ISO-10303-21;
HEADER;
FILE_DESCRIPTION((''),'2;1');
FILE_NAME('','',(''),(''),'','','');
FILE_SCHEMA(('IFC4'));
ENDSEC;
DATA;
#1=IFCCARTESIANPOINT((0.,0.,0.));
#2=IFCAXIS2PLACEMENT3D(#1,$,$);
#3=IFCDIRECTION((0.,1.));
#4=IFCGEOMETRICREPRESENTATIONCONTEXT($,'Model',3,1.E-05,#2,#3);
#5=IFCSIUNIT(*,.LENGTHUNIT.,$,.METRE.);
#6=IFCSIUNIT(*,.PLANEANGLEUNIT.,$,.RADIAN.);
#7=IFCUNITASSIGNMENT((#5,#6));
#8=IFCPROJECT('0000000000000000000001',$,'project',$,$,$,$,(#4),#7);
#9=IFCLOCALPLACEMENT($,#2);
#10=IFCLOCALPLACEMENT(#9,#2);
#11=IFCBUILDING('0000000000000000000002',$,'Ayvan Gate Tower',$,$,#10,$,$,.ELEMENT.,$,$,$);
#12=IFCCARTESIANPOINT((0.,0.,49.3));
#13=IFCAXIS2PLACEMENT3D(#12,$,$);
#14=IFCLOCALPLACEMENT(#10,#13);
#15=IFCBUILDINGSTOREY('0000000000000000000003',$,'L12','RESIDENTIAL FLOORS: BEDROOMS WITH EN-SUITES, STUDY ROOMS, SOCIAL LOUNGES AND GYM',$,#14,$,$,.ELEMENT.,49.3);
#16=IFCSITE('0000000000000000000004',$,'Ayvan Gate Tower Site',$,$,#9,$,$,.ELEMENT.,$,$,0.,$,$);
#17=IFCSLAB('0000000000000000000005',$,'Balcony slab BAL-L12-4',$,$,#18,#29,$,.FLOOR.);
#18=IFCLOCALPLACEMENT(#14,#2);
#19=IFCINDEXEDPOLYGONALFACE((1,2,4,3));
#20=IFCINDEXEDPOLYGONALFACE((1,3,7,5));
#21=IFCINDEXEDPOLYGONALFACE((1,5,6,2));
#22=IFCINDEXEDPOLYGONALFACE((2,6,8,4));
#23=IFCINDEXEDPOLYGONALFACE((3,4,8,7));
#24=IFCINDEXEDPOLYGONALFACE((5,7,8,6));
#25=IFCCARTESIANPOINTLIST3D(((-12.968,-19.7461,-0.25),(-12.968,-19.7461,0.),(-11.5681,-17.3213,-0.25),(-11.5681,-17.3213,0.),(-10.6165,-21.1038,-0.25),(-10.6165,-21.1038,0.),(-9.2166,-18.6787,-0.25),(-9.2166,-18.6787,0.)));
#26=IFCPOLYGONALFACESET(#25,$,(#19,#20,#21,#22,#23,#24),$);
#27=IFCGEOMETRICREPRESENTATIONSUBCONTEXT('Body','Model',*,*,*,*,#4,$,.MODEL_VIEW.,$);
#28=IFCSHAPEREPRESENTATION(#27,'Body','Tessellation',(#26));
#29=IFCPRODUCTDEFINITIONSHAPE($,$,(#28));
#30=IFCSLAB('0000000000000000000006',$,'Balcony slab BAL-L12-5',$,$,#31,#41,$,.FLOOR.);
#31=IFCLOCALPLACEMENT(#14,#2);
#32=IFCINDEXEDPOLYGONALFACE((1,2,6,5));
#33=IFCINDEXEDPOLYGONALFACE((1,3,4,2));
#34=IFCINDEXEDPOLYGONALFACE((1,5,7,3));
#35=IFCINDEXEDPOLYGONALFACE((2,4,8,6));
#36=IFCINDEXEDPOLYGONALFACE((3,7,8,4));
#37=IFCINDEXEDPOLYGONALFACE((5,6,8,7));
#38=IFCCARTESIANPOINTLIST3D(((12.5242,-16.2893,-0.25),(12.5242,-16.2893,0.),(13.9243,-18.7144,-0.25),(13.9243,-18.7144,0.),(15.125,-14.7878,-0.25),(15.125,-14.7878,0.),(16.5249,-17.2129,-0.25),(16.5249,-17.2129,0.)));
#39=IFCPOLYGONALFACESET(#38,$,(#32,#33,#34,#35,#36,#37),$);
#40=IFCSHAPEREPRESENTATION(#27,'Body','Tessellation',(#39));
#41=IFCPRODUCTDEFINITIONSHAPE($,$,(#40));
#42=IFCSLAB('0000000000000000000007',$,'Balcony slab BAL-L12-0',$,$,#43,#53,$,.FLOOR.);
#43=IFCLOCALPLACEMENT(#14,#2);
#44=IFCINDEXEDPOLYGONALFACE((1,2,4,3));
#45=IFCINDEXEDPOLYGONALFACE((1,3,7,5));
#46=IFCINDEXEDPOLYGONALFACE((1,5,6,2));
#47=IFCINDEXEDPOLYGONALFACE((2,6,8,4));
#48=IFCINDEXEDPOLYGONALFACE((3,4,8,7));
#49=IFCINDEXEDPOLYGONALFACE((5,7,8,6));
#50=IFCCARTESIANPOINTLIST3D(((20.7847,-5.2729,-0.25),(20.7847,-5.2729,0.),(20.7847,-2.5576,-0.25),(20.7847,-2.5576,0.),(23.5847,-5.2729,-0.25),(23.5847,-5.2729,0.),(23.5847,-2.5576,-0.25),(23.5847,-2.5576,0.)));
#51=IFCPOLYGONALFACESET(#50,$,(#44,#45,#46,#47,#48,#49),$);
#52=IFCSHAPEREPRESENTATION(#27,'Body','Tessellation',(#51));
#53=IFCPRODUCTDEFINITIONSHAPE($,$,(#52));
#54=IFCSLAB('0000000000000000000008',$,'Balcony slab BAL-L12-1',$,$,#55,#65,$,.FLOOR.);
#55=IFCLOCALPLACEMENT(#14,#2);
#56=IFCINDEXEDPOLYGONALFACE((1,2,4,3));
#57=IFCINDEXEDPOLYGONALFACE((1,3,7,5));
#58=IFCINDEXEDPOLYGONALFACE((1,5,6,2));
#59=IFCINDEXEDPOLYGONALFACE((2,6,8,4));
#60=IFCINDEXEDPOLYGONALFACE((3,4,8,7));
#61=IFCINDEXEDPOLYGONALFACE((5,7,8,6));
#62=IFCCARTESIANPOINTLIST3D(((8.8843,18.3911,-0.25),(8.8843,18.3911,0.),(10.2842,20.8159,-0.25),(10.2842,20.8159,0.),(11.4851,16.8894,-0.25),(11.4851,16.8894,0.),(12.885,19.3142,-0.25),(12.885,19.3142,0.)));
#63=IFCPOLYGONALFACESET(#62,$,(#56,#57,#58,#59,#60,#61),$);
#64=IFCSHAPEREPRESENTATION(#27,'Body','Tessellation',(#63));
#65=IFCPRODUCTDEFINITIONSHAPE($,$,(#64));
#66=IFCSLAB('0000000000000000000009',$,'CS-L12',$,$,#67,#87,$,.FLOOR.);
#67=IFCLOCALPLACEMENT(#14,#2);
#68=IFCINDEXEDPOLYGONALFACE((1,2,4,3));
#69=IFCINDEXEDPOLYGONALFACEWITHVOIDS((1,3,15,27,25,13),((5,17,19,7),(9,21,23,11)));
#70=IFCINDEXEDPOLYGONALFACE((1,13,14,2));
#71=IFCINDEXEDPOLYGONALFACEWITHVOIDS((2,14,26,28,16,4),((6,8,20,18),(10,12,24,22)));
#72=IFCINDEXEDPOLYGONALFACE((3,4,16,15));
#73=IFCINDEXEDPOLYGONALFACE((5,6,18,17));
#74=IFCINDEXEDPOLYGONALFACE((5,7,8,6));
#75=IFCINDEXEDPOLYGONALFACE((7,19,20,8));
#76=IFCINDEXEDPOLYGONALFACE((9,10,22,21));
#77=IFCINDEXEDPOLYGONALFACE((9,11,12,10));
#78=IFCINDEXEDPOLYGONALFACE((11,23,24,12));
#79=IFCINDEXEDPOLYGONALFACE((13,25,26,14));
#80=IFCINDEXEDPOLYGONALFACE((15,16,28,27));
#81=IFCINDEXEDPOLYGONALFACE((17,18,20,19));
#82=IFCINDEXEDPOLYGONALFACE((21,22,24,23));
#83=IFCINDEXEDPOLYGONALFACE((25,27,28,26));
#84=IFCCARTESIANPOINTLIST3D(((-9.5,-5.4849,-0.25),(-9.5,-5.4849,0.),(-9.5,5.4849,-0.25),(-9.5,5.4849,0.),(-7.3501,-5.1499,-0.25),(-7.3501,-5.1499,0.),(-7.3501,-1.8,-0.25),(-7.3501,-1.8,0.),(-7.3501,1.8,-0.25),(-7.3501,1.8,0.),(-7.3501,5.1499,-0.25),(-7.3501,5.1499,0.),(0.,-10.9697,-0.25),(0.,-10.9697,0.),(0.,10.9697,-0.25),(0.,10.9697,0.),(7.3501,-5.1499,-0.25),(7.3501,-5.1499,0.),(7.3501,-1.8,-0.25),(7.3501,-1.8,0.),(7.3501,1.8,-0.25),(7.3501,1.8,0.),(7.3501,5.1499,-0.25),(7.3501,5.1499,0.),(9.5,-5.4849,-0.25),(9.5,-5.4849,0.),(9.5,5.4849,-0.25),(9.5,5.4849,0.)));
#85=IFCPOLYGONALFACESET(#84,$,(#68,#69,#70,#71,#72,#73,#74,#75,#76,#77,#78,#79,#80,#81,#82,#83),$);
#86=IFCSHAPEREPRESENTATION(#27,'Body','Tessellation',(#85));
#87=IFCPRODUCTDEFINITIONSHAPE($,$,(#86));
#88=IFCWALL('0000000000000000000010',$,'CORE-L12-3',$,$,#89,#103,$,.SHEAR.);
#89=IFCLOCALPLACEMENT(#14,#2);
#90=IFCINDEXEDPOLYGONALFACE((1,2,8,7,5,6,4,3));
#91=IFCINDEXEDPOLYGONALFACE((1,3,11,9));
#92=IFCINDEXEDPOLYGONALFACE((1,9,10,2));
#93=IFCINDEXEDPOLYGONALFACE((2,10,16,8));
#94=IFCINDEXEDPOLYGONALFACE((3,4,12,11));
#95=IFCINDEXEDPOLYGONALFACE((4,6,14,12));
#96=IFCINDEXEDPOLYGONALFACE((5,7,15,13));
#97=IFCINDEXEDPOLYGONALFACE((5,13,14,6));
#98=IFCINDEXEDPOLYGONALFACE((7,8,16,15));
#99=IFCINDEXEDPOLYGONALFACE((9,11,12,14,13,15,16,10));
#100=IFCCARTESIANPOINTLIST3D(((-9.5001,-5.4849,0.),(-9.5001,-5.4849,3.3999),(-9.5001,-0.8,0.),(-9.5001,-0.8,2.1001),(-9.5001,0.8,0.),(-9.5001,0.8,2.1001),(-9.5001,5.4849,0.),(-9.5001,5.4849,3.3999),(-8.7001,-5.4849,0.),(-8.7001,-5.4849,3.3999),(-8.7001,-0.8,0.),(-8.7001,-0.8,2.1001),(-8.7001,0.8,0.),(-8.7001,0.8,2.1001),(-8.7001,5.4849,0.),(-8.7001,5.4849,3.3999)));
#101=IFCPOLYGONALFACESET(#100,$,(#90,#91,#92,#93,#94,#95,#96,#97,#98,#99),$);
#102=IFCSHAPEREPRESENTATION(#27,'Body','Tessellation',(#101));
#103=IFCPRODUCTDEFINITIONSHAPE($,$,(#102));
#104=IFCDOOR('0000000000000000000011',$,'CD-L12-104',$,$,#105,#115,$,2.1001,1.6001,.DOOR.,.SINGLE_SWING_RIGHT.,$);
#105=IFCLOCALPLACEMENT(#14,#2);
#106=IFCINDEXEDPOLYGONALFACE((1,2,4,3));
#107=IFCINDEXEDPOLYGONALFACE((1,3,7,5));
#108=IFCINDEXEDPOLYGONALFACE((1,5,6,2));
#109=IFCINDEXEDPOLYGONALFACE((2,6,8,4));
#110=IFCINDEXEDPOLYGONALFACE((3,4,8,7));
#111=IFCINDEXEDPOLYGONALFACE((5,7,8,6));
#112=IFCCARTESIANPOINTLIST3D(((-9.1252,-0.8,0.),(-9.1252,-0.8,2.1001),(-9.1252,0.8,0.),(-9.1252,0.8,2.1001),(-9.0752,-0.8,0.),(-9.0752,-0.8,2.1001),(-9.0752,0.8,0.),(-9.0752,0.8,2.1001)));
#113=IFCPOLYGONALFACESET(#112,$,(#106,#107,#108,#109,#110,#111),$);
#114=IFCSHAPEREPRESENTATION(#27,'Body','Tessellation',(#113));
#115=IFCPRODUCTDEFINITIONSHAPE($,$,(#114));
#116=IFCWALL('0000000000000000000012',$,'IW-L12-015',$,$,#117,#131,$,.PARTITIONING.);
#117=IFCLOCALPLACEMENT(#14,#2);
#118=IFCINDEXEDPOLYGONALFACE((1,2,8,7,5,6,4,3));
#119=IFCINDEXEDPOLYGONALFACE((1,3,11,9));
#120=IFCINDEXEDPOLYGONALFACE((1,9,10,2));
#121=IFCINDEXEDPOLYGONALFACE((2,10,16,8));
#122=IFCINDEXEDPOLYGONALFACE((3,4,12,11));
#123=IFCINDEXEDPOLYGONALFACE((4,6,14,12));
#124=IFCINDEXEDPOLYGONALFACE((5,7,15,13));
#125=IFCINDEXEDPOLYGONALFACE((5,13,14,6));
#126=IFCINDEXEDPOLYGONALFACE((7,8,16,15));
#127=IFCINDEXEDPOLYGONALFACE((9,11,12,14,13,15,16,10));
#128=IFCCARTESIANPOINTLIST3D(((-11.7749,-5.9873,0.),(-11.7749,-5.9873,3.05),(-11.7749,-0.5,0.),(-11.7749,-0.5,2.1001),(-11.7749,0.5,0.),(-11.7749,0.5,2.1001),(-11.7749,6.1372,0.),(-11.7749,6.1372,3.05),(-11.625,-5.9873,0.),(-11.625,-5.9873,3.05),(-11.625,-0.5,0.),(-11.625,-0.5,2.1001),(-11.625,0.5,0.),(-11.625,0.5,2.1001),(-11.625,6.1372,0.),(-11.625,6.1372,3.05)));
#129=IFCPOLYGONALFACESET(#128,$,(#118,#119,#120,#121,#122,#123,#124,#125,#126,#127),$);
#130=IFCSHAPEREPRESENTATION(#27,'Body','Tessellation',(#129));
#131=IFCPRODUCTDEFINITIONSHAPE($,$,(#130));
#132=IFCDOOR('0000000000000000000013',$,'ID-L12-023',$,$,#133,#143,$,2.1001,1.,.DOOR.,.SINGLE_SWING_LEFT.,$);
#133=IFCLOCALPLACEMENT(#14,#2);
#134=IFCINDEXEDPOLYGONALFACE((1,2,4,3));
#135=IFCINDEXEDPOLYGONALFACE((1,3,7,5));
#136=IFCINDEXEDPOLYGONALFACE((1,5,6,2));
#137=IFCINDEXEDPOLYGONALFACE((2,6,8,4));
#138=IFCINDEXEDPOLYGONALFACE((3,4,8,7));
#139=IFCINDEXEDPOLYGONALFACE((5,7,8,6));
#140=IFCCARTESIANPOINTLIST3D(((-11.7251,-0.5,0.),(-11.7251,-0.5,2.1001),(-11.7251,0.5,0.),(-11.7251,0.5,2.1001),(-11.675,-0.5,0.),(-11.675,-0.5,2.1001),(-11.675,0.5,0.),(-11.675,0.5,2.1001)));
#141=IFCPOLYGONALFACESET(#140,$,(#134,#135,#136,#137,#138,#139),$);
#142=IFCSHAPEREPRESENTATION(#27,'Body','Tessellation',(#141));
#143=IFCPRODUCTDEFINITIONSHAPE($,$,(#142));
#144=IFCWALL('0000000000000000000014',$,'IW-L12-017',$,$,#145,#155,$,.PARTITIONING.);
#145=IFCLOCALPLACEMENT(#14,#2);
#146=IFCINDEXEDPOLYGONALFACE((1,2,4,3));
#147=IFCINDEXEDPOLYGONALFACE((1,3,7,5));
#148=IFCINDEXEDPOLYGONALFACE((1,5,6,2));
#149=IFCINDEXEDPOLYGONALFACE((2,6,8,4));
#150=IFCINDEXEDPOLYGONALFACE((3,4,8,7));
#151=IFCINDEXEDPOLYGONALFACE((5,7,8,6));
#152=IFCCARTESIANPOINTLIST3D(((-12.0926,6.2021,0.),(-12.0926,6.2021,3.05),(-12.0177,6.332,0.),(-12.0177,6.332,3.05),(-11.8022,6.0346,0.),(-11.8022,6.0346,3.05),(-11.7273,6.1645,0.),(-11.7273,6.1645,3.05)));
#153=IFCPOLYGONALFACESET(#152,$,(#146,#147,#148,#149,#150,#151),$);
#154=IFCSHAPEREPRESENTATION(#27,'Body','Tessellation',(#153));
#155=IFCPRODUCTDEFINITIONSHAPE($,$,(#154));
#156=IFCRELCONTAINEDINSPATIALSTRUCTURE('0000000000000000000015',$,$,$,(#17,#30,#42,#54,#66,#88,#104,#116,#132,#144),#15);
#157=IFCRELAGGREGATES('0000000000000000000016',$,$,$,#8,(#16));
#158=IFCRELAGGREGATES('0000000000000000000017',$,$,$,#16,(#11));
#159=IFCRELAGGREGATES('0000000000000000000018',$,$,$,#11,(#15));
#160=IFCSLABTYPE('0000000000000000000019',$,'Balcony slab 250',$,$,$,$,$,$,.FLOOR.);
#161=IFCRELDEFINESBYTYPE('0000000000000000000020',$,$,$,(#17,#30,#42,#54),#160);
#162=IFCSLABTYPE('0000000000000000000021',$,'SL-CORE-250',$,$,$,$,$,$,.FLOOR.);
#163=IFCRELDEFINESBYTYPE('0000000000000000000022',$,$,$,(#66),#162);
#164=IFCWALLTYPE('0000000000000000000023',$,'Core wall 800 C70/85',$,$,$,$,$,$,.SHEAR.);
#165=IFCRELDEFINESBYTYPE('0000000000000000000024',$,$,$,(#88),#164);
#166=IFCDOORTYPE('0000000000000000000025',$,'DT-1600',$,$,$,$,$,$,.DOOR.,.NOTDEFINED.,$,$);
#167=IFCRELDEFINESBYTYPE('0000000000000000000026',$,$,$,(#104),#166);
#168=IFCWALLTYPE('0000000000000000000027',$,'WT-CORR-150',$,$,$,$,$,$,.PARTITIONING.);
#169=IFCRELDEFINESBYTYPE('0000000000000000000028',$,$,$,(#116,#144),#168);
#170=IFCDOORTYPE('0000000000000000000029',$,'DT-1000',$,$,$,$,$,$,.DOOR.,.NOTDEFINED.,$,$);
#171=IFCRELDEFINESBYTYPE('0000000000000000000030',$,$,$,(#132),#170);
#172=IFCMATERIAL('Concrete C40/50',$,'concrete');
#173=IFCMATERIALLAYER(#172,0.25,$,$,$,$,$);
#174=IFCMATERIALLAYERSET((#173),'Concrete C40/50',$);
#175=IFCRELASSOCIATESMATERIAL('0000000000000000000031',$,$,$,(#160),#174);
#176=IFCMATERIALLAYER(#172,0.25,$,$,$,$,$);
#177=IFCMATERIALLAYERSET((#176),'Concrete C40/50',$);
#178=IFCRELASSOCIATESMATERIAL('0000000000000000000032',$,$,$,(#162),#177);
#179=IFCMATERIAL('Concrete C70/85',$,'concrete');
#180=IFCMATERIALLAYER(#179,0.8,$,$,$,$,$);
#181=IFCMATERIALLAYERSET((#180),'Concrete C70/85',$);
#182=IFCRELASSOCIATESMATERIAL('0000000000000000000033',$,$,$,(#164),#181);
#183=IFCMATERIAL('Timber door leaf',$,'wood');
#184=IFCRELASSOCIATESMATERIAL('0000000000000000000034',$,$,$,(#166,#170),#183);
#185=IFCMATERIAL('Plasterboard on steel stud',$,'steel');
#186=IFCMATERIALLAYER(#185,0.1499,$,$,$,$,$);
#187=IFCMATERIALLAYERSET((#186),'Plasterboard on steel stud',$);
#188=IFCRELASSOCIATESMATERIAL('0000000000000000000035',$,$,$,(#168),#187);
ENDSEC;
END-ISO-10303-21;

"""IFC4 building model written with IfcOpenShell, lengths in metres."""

from ifc_helpers import new_model, si_unit, direction, frame, frame_2d, origin, place, context, subcontext, project, spatial, polyline, rectangle, outline, extrude, material, layer, layer_set, type_object, element, fill, save


model = new_model("IFC4")

# Units and contexts
model_context = context("Model", 3, precision=1e-05, world=origin(), true_north=direction((0.0, 1.0)))
body_context = subcontext(model_context, "Body", "Model", "MODEL_VIEW")
ifc_project = project(units=[si_unit("LENGTHUNIT", "METRE"), si_unit("PLANEANGLEUNIT", "RADIAN")], contexts=[model_context])

# Site, building, storey
site_placement = place(None, origin())
site = spatial("IfcSite", under=ifc_project, at=site_placement, Name="Ayvan Gate Tower Site", CompositionType="ELEMENT", RefElevation=0.0)
building_placement = place(site_placement, origin())
building = spatial("IfcBuilding", under=site, at=building_placement, Name="Ayvan Gate Tower", CompositionType="ELEMENT")
storey_placement = place(building_placement, frame((0.0, 0.0, 49.3)))
storey = spatial("IfcBuildingStorey", under=building, at=storey_placement, Name="L12", Description="RESIDENTIAL FLOORS: BEDROOMS WITH EN-SUITES, STUDY ROOMS, SOCIAL LOUNGES AND GYM", CompositionType="ELEMENT", Elevation=49.3)

# Slabs
ifc_material_1 = material(Name="Concrete C40/50", Category="concrete")
ifc_layer_1 = layer(ifc_material_1, 0.25)
ifc_layer_set_1 = layer_set([ifc_layer_1], Name="Concrete C40/50")
slab_type_1 = type_object("IfcSlabType", Name="Balcony slab 250", PredefinedType="FLOOR", material=ifc_layer_set_1)
slab_1_placement = place(storey_placement, frame((0.0, 0.0, -0.25)))
element("IfcSlab", 1, at=slab_1_placement, inside=storey, type_object=slab_type_1, Name="Balcony slab BAL-L12-4", PredefinedType="FLOOR", context=body_context, shape_type="SweptSolid", body=[
    extrude(outline(polyline([(-11.5681, -17.3213), (-9.2166, -18.6787), (-10.6165, -21.1038), (-12.968, -19.7461), (-11.5681, -17.3213)])), origin(), (0.0, 0.0, 1.0), 0.25),
])
slab_2_placement = place(storey_placement, frame((0.0, 0.0, -0.25)))
element("IfcSlab", 2, at=slab_2_placement, inside=storey, type_object=slab_type_1, Name="Balcony slab BAL-L12-5", PredefinedType="FLOOR", context=body_context, shape_type="SweptSolid", body=[
    extrude(outline(polyline([(12.5242, -16.2893), (15.125, -14.7878), (16.5249, -17.2129), (13.9243, -18.7144), (12.5242, -16.2893)])), origin(), (0.0, 0.0, 1.0), 0.25),
])
slab_3_placement = place(storey_placement, frame((0.0, 0.0, -0.25)))
element("IfcSlab", 3, at=slab_3_placement, inside=storey, type_object=slab_type_1, Name="Balcony slab BAL-L12-0", PredefinedType="FLOOR", context=body_context, shape_type="SweptSolid", body=[
    extrude(outline(polyline([(20.7847, -5.2729), (20.7847, -2.5576), (23.5847, -2.5576), (23.5847, -5.2729), (20.7847, -5.2729)])), origin(), (0.0, 0.0, 1.0), 0.25),
])
slab_4_placement = place(storey_placement, frame((0.0, 0.0, -0.25)))
element("IfcSlab", 4, at=slab_4_placement, inside=storey, type_object=slab_type_1, Name="Balcony slab BAL-L12-1", PredefinedType="FLOOR", context=body_context, shape_type="SweptSolid", body=[
    extrude(outline(polyline([(11.4851, 16.8894), (8.8843, 18.3911), (10.2842, 20.8159), (12.885, 19.3142), (11.4851, 16.8894)])), origin(), (0.0, 0.0, 1.0), 0.25),
])
ifc_layer_2 = layer(ifc_material_1, 0.25)
ifc_layer_set_2 = layer_set([ifc_layer_2], Name="Concrete C40/50")
slab_type_2 = type_object("IfcSlabType", Name="SL-CORE-250", PredefinedType="FLOOR", material=ifc_layer_set_2)
slab_5_placement = place(storey_placement, frame((0.0, 0.0, -0.25)))
element("IfcSlab", 5, at=slab_5_placement, inside=storey, type_object=slab_type_2, Name="CS-L12", PredefinedType="FLOOR", context=body_context, shape_type="SweptSolid", body=[
    extrude(outline(polyline([(9.5, -5.4849), (0.0, -10.9697), (-9.5, -5.4849), (-9.5, 5.4849), (0.0, 10.9697), (9.5, 5.4849), (9.5, -5.4849)]), holes=[polyline([(-7.3501, -1.8), (-7.3501, -5.1499), (7.3501, -5.1499), (7.3501, -1.8), (-7.3501, -1.8)]), polyline([(-7.3501, 5.1499), (-7.3501, 1.8), (7.3501, 1.8), (7.3501, 5.1499), (-7.3501, 5.1499)])]), origin(), (0.0, 0.0, 1.0), 0.25),
])

# Walls, openings, doors
ifc_material_2 = material(Name="Concrete C70/85", Category="concrete")
ifc_layer_3 = layer(ifc_material_2, 0.8)
ifc_layer_set_3 = layer_set([ifc_layer_3], Name="Concrete C70/85")
wall_type_1 = type_object("IfcWallType", Name="Core wall 800 C70/85", PredefinedType="SHEAR", material=ifc_layer_set_3)
wall_1_placement = place(storey_placement, frame((-9.1001, 5.4849, 0.0), z_axis=(0.0, 0.0, 1.0), x_axis=(0.0, -1.0, 0.0)))
wall_1 = element("IfcWall", 6, at=wall_1_placement, inside=storey, type_object=wall_type_1, Name="CORE-L12-3", PredefinedType="SHEAR", context=body_context, shape_type="SweptSolid", body=[
    extrude(rectangle(XDim=10.9697, YDim=0.8, at=frame_2d((5.4849, 0.0))), origin(), (0.0, 0.0, 1.0), 3.3999),
])
opening_1_placement = place(wall_1_placement, frame((4.6848, 0.0, 0.0)))
opening_1 = element("IfcOpeningElement", 7, at=opening_1_placement, cuts=wall_1, PredefinedType="OPENING", context=body_context, shape_type="SweptSolid", body=[
    extrude(rectangle(XDim=1.6001, YDim=2.1001, at=frame_2d((0.8, 1.05))), frame((0.0, 0.4099, 0.0), z_axis=(0.0, -1.0, 0.0), x_axis=(1.0, 0.0, 0.0)), (0.0, 0.0, 1.0), 0.8201),
])
ifc_material_3 = material(Name="Timber door leaf", Category="wood")
door_type_1 = type_object("IfcDoorType", Name="DT-1600", OperationType="NOTDEFINED", PredefinedType="DOOR", material=ifc_material_3)
door_1_placement = place(opening_1_placement, origin())
door_1 = element("IfcDoor", 8, at=door_1_placement, inside=storey, type_object=door_type_1, Name="CD-L12-104", OperationType="SINGLE_SWING_RIGHT", OverallHeight=2.1001, OverallWidth=1.6001, PredefinedType="DOOR", context=body_context, shape_type="SweptSolid", body=[
    extrude(rectangle(XDim=1.6001, YDim=2.1001, at=frame_2d((0.8, 1.05))), frame((0.0, 0.0249, 0.0), z_axis=(0.0, -1.0, 0.0), x_axis=(1.0, 0.0, 0.0)), (0.0, 0.0, 1.0), 0.05),
])
fill(opening_1, door_1)
ifc_material_4 = material(Name="Plasterboard on steel stud", Category="steel")
ifc_layer_4 = layer(ifc_material_4, 0.1499)
ifc_layer_set_4 = layer_set([ifc_layer_4], Name="Plasterboard on steel stud")
wall_type_2 = type_object("IfcWallType", Name="WT-CORR-150", PredefinedType="PARTITIONING", material=ifc_layer_set_4)
wall_2_placement = place(storey_placement, frame((-11.7, 6.1372, 0.0), z_axis=(0.0, 0.0, 1.0), x_axis=(0.0, -1.0, 0.0)))
wall_2 = element("IfcWall", 9, at=wall_2_placement, inside=storey, type_object=wall_type_2, Name="IW-L12-015", PredefinedType="PARTITIONING", context=body_context, shape_type="SweptSolid", body=[
    extrude(rectangle(XDim=12.1245, YDim=0.1499, at=frame_2d((6.0623, 0.0))), origin(), (0.0, 0.0, 1.0), 3.05),
])
opening_2_placement = place(wall_2_placement, frame((5.6372, 0.0, 0.0)))
opening_2 = element("IfcOpeningElement", 10, at=opening_2_placement, cuts=wall_2, PredefinedType="OPENING", context=body_context, shape_type="SweptSolid", body=[
    extrude(rectangle(XDim=1.0, YDim=2.1001, at=frame_2d((0.5, 1.05))), frame((0.0, 0.085, 0.0), z_axis=(0.0, -1.0, 0.0), x_axis=(1.0, 0.0, 0.0)), (0.0, 0.0, 1.0), 0.1699),
])
door_type_2 = type_object("IfcDoorType", Name="DT-1000", OperationType="NOTDEFINED", PredefinedType="DOOR", material=ifc_material_3)
door_2_placement = place(opening_2_placement, origin())
door_2 = element("IfcDoor", 11, at=door_2_placement, inside=storey, type_object=door_type_2, Name="ID-L12-023", OperationType="SINGLE_SWING_LEFT", OverallHeight=2.1001, OverallWidth=1.0, PredefinedType="DOOR", context=body_context, shape_type="SweptSolid", body=[
    extrude(rectangle(XDim=1.0, YDim=2.1001, at=frame_2d((0.5, 1.05))), frame((0.0, 0.0249, 0.0), z_axis=(0.0, -1.0, 0.0), x_axis=(1.0, 0.0, 0.0)), (0.0, 0.0, 1.0), 0.05),
])
fill(opening_2, door_2)

# Wall
wall_3_placement = place(storey_placement, frame((-11.7649, 6.0996, 0.0), z_axis=(0.0, 0.0, 1.0), x_axis=(-0.866173, 0.499743, 0.0)))
element("IfcWall", 12, at=wall_3_placement, inside=storey, type_object=wall_type_2, Name="IW-L12-017", PredefinedType="PARTITIONING", context=body_context, shape_type="SweptSolid", body=[
    extrude(rectangle(XDim=0.3352, YDim=0.1499, at=frame_2d((0.1675, 0.0))), origin(), (0.0, 0.0, 1.0), 3.05),
])

save(model, "model.ifc")
